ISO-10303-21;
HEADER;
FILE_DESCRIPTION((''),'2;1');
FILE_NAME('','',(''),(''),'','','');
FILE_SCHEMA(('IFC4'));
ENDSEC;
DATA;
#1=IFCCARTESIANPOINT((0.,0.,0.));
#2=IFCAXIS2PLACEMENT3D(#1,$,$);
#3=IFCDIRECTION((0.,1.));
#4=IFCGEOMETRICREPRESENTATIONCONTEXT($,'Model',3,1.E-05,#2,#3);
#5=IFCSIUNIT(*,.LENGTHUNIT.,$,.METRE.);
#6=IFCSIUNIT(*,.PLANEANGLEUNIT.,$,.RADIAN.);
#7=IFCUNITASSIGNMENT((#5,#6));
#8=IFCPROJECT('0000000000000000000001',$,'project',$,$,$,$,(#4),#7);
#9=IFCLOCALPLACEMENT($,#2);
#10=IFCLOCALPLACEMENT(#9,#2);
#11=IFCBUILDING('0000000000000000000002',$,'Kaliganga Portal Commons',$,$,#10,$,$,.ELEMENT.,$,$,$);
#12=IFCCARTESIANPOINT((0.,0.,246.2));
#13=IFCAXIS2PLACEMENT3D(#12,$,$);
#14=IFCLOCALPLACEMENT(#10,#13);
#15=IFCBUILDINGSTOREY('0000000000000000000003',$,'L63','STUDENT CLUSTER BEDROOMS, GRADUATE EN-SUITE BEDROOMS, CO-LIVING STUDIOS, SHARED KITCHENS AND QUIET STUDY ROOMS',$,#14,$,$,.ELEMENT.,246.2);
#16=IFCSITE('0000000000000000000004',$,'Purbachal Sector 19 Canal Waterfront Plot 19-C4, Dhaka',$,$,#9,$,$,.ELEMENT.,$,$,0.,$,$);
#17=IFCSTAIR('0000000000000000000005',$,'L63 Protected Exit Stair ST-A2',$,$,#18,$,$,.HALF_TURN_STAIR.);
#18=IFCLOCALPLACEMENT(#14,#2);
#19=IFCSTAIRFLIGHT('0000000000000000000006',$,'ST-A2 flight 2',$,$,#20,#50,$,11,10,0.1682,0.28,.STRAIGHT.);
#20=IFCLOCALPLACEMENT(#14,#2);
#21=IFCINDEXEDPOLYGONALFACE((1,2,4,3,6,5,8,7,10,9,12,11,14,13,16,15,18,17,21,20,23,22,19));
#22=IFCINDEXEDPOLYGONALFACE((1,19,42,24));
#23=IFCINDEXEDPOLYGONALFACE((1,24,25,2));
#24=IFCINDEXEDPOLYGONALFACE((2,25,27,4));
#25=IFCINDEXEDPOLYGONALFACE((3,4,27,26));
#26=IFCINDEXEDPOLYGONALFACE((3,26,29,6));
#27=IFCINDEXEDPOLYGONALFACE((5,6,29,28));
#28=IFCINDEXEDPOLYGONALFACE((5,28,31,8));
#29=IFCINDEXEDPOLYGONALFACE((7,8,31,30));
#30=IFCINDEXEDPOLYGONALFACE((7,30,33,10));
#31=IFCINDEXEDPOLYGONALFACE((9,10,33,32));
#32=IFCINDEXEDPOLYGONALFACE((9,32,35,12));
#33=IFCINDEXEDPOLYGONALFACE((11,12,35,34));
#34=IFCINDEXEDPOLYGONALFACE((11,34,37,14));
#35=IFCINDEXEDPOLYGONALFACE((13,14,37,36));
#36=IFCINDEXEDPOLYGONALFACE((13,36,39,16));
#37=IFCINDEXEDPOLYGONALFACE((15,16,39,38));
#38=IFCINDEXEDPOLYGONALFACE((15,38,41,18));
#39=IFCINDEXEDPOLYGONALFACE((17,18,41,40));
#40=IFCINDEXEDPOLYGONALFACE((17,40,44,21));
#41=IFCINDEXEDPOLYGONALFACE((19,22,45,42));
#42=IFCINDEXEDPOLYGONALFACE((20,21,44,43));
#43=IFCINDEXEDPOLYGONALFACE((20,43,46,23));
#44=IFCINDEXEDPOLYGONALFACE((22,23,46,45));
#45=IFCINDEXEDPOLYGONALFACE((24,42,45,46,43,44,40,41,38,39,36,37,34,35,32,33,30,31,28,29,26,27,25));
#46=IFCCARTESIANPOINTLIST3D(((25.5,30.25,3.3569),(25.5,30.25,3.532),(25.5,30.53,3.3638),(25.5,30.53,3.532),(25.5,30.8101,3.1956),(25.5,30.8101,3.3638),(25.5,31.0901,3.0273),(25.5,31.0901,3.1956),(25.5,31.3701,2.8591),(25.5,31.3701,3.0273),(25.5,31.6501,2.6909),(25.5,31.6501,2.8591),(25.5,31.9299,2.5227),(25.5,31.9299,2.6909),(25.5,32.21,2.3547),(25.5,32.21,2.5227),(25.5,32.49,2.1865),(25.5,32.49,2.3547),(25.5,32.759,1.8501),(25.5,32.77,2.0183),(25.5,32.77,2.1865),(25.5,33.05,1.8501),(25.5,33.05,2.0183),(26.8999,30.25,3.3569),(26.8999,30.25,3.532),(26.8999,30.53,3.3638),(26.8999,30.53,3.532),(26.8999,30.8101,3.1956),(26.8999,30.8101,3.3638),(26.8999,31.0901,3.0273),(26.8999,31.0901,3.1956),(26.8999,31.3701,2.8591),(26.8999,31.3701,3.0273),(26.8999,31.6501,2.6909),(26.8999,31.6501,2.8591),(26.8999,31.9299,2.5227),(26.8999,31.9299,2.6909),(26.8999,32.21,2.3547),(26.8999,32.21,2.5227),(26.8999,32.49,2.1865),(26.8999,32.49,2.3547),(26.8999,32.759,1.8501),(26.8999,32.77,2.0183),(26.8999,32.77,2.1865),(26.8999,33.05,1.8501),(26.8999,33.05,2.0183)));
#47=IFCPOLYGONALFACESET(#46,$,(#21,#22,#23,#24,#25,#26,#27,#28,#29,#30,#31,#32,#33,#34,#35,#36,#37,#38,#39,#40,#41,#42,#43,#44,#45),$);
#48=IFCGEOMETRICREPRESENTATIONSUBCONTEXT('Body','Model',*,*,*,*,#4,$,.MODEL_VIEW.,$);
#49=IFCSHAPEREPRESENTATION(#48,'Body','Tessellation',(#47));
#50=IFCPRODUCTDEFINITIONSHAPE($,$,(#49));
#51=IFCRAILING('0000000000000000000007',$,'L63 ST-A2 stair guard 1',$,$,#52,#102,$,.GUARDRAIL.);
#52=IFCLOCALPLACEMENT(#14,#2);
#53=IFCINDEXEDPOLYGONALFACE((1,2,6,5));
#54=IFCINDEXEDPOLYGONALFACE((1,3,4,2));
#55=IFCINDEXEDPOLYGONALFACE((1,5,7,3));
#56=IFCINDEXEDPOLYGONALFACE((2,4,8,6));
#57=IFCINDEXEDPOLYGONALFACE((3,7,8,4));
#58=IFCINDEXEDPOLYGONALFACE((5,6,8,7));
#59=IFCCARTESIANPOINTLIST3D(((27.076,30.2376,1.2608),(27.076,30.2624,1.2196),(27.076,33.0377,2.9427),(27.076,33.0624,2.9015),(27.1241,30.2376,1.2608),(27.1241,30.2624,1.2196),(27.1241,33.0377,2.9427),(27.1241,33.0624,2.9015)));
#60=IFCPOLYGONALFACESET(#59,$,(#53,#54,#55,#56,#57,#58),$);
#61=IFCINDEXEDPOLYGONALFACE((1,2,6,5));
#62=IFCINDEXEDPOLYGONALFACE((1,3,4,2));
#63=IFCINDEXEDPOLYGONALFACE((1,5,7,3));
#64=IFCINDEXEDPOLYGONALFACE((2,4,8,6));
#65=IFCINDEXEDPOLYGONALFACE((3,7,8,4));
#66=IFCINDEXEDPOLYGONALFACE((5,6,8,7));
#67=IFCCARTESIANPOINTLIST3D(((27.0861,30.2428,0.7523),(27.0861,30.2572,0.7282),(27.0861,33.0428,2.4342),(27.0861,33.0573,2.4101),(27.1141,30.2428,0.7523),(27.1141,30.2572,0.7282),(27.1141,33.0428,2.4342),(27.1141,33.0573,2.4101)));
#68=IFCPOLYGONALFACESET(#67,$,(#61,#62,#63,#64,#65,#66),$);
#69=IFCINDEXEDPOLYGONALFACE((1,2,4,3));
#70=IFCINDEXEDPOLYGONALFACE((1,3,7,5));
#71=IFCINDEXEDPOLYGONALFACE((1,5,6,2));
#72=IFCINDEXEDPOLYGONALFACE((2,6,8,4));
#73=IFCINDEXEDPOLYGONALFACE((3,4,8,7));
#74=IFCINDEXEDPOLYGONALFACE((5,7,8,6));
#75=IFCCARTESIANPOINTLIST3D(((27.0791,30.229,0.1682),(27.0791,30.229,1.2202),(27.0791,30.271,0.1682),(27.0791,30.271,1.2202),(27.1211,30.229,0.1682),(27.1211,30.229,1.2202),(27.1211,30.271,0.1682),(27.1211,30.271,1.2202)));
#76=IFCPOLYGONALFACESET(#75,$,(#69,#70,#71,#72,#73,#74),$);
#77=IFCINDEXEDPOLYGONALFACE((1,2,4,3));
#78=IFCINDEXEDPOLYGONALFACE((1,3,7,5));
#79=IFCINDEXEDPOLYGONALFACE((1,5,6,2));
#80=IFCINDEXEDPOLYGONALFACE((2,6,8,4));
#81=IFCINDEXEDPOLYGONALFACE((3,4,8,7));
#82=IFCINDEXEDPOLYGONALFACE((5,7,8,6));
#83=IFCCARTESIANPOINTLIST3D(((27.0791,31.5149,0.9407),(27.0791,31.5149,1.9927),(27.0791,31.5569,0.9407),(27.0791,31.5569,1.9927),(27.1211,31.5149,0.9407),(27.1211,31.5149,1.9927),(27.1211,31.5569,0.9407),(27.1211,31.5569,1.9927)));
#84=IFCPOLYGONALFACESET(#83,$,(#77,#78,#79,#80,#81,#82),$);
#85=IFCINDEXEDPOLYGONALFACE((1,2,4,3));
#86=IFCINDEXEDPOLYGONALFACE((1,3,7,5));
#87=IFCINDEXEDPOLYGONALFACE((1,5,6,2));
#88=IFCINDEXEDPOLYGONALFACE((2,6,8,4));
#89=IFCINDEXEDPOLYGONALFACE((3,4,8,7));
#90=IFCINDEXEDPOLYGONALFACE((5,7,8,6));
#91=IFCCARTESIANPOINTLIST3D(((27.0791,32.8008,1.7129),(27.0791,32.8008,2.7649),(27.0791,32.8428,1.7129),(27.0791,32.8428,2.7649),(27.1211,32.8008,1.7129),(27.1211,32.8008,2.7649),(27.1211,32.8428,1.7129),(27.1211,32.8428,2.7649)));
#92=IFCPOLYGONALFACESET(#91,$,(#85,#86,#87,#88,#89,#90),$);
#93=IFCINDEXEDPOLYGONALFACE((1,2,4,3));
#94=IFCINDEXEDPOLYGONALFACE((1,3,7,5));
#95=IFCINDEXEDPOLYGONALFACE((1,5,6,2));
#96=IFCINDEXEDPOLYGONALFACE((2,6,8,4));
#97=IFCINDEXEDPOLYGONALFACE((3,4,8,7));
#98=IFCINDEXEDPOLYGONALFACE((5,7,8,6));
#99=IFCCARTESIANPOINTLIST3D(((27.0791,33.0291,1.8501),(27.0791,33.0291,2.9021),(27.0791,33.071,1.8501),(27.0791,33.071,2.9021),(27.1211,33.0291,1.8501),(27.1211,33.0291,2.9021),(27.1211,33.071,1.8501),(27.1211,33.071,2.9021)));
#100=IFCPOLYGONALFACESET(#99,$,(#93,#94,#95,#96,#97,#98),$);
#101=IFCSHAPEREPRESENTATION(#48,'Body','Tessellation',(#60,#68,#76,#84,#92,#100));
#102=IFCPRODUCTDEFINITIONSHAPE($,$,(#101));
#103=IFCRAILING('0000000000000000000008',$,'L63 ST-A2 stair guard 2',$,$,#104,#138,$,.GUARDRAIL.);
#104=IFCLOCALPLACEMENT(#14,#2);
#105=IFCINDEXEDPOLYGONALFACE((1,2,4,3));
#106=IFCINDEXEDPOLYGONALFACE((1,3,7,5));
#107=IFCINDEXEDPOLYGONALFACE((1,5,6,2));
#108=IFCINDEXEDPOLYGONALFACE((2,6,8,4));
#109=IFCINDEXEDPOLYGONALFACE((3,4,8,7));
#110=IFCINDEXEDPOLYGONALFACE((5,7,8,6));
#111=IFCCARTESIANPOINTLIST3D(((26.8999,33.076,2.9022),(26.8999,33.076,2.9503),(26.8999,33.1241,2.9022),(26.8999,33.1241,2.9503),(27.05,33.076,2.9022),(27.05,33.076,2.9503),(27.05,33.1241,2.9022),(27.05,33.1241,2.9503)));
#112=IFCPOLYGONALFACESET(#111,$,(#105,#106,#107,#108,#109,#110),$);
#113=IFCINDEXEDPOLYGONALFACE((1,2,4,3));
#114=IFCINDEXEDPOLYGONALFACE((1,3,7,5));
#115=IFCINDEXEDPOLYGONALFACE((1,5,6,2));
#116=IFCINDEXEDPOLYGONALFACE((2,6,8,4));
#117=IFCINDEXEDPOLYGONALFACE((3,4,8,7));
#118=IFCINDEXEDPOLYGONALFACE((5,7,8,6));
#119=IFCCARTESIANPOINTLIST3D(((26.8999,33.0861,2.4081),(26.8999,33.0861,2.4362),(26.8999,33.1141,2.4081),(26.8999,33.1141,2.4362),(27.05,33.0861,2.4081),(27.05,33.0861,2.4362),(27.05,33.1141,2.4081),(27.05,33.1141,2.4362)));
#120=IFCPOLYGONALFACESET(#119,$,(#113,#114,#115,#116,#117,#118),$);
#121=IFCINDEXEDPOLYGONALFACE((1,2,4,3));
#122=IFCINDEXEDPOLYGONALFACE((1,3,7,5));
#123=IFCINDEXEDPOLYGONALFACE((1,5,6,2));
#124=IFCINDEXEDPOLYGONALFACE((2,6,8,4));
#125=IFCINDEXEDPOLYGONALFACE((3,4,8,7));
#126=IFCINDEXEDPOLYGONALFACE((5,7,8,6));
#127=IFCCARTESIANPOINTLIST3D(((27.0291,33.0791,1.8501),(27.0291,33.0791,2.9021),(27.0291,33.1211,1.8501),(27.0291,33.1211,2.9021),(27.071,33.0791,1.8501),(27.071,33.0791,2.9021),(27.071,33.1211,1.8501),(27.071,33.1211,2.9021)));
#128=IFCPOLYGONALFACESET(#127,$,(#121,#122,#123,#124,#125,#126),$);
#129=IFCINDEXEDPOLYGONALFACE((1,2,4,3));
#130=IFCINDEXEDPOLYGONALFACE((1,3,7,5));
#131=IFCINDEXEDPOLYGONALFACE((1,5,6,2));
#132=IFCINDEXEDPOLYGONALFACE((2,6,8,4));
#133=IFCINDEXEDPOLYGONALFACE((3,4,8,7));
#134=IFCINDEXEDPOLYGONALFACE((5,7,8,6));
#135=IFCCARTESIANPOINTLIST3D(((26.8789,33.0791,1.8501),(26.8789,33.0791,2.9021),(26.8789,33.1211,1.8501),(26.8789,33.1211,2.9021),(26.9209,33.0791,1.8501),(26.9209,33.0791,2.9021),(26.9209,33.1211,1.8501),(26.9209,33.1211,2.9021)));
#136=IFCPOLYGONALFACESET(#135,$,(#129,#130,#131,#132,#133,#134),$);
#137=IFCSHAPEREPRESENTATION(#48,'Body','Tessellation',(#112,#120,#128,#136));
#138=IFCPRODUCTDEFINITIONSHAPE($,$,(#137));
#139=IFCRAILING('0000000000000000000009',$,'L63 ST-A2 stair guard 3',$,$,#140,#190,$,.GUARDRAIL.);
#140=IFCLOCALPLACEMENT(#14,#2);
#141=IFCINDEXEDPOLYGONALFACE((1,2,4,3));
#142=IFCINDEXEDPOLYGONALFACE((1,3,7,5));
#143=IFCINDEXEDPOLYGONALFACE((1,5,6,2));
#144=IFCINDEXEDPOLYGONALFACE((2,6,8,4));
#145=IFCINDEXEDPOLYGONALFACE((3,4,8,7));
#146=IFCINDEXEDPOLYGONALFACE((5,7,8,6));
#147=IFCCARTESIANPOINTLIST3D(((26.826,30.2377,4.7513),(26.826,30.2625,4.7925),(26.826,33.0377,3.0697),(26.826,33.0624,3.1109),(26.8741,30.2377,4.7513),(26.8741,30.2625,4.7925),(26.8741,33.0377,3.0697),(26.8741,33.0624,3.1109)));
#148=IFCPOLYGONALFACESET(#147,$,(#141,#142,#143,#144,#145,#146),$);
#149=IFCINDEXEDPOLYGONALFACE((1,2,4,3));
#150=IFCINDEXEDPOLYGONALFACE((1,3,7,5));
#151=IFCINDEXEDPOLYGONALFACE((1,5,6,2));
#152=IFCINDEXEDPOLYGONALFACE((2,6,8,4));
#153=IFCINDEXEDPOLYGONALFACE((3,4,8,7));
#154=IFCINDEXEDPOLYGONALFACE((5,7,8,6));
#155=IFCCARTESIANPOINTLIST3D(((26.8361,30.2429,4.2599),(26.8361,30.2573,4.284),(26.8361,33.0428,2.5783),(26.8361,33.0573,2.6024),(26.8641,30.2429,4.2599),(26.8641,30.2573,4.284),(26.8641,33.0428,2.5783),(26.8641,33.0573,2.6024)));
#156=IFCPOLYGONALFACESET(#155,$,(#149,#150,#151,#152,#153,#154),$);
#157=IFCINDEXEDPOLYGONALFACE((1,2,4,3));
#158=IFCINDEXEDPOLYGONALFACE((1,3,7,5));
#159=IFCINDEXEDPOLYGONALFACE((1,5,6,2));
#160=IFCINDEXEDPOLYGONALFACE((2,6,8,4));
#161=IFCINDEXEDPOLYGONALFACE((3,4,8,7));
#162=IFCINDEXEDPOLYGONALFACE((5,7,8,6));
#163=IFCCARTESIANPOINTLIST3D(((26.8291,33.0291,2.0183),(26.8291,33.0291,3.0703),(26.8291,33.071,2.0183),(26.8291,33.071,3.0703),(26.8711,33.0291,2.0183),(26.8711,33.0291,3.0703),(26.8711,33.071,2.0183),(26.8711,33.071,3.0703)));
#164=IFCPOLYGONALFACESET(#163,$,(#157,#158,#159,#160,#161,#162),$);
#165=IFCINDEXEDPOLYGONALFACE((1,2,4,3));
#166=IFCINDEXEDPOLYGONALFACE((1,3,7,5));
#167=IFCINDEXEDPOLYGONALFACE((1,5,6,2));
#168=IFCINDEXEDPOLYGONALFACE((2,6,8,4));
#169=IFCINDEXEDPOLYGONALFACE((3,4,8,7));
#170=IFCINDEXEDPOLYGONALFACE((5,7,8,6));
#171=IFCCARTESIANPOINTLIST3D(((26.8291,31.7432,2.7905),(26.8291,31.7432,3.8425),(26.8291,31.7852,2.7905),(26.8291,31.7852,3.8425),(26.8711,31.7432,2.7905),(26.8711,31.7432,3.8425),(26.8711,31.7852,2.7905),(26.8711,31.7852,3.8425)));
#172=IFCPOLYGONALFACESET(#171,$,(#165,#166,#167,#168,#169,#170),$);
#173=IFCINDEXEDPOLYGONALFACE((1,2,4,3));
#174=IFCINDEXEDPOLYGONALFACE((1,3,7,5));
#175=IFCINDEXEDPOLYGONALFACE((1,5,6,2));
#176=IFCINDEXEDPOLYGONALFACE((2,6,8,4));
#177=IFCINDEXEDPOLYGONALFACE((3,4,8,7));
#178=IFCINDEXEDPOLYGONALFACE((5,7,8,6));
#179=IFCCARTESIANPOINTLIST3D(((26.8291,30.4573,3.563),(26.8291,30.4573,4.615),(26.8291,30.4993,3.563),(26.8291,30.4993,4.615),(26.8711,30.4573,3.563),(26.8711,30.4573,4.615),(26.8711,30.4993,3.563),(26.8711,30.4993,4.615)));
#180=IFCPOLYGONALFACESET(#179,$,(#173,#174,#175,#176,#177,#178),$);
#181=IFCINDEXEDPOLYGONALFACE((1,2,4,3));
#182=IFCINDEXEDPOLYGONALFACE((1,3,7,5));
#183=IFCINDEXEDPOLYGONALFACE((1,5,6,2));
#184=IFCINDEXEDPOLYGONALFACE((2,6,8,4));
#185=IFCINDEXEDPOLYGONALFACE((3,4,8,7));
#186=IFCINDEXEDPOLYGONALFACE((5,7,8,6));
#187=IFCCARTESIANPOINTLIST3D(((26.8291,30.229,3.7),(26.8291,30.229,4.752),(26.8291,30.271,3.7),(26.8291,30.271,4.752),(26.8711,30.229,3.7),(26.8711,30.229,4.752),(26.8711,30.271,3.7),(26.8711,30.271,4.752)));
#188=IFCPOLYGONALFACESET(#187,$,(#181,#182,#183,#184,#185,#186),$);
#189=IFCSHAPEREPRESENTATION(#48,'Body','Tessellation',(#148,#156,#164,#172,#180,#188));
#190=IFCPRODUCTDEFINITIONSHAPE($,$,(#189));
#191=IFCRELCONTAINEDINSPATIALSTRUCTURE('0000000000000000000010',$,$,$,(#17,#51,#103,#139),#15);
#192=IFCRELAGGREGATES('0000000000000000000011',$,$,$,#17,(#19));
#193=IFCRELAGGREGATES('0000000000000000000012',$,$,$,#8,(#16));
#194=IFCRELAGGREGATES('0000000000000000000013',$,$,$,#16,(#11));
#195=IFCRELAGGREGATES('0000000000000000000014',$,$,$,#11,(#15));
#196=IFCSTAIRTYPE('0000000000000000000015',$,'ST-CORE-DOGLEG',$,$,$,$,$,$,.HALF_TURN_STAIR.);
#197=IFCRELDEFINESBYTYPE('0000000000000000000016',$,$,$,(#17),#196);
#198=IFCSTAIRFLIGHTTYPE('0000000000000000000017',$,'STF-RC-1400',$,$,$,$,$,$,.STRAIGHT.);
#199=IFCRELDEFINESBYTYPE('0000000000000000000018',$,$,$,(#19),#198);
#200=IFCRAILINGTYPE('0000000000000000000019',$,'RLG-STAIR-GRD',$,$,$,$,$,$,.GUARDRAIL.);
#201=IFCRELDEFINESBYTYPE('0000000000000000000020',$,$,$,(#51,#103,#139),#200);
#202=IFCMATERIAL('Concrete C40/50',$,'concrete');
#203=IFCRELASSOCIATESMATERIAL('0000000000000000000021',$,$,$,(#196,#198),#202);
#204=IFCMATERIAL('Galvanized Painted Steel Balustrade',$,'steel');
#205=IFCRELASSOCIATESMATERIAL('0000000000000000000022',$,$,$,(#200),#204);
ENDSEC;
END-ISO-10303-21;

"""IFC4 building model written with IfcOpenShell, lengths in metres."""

from ifc_helpers import new_model, si_unit, direction, frame, origin, origin_2d, place, context, subcontext, project, spatial, polyline, rectangle, outline, extrude, material, type_object, element, aggregate, save


model = new_model("IFC4")

# Units and contexts
model_context = context("Model", 3, precision=1e-05, world=origin(), true_north=direction((0.0, 1.0)))
body_context = subcontext(model_context, "Body", "Model", "MODEL_VIEW")
ifc_project = project(units=[si_unit("LENGTHUNIT", "METRE"), si_unit("PLANEANGLEUNIT", "RADIAN")], contexts=[model_context])

# Site, building, storey
site_placement = place(None, origin())
site = spatial("IfcSite", under=ifc_project, at=site_placement, Name="Purbachal Sector 19 Canal Waterfront Plot 19-C4, Dhaka", CompositionType="ELEMENT", RefElevation=0.0)
building_placement = place(site_placement, origin())
building = spatial("IfcBuilding", under=site, at=building_placement, Name="Kaliganga Portal Commons", CompositionType="ELEMENT")
storey_placement = place(building_placement, frame((0.0, 0.0, 246.2)))
storey = spatial("IfcBuildingStorey", under=building, at=storey_placement, Name="L63", Description="STUDENT CLUSTER BEDROOMS, GRADUATE EN-SUITE BEDROOMS, CO-LIVING STUDIOS, SHARED KITCHENS AND QUIET STUDY ROOMS", CompositionType="ELEMENT", Elevation=246.2)

# Stair, stair flight
ifc_material_1 = material(Name="Concrete C40/50", Category="concrete")
stair_type = type_object("IfcStairType", Name="ST-CORE-DOGLEG", PredefinedType="HALF_TURN_STAIR", material=ifc_material_1)
stair_placement = place(storey_placement, origin())
stair = element("IfcStair", 1, at=stair_placement, inside=storey, type_object=stair_type, Name="L63 Protected Exit Stair ST-A2", PredefinedType="HALF_TURN_STAIR")
stair_flight_type = type_object("IfcStairFlightType", Name="STF-RC-1400", PredefinedType="STRAIGHT", material=ifc_material_1)
stair_flight_1_placement = place(storey_placement, frame((26.2, 33.05, 1.8501), z_axis=(0.0, 0.0, 1.0), x_axis=(0.0, -1.0, 0.0)))
stair_flight_1 = element("IfcStairFlight", 2, at=stair_flight_1_placement, type_object=stair_flight_type, Name="ST-A2 flight 2", NumberOfRisers=11, NumberOfTreads=10, PredefinedType="STRAIGHT", RiserHeight=0.1682, TreadLength=0.28, context=body_context, shape_type="SweptSolid", body=[
    extrude(outline(polyline([(0.0, 0.0), (0.0, 0.1682), (0.28, 0.1682), (0.28, 0.3364), (0.5601, 0.3364), (0.5601, 0.5046), (0.8401, 0.5046), (0.8401, 0.6726), (1.1201, 0.6726), (1.1201, 0.8408), (1.3999, 0.8408), (1.3999, 1.009), (1.6799, 1.009), (1.6799, 1.1772), (1.96, 1.1772), (1.96, 1.3455), (2.24, 1.3455), (2.24, 1.5137), (2.52, 1.5137), (2.52, 1.6819), (2.8, 1.6819), (2.8, 1.8501), (2.8, 1.5068), (0.291, 0.0), (0.0, 0.0)])), frame((0.0, 0.7, 0.0), z_axis=(0.0, -1.0, 0.0), x_axis=(1.0, 0.0, 0.0)), (0.0, 0.0, 1.0), 1.3999),
])
aggregate(stair, [stair_flight_1])

# Railings
ifc_material_2 = material(Name="Galvanized Painted Steel Balustrade", Category="steel")
railing_type_1 = type_object("IfcRailingType", Name="RLG-STAIR-GRD", PredefinedType="GUARDRAIL", material=ifc_material_2)
railing_1_placement = place(storey_placement, frame((27.1001, 30.25, 0.1682)))
element("IfcRailing", 3, at=railing_1_placement, inside=storey, type_object=railing_type_1, Name="L63 ST-A2 stair guard 1", PredefinedType="GUARDRAIL", context=body_context, shape_type="SweptSolid", body=[
    extrude(rectangle(XDim=0.0481, YDim=0.0481, at=origin_2d()), frame((0.0, 0.0, 1.072), z_axis=(0.0, 0.857242, 0.514913), x_axis=(-1.0, 0.0, 0.0)), (0.0, 0.0, 1.0), 3.2664),
    extrude(rectangle(XDim=0.0281, YDim=0.0281, at=origin_2d()), frame((0.0, 0.0, 0.572), z_axis=(0.0, 0.857242, 0.514913), x_axis=(-1.0, 0.0, 0.0)), (0.0, 0.0, 1.0), 3.2664),
    extrude(rectangle(XDim=0.042, YDim=0.042, at=origin_2d()), origin(), (0.0, 0.0, 1.0), 1.052),
    extrude(rectangle(XDim=0.042, YDim=0.042, at=origin_2d()), frame((0.0, 1.2859, 0.7725)), (0.0, 0.0, 1.0), 1.052),
    extrude(rectangle(XDim=0.042, YDim=0.042, at=origin_2d()), frame((0.0, 2.5718, 1.5447)), (0.0, 0.0, 1.0), 1.052),
    extrude(rectangle(XDim=0.042, YDim=0.042, at=origin_2d()), frame((0.0, 2.8, 1.6819)), (0.0, 0.0, 1.0), 1.052),
])
railing_2_placement = place(storey_placement, frame((27.05, 33.1001, 1.8501)))
element("IfcRailing", 4, at=railing_2_placement, inside=storey, type_object=railing_type_1, Name="L63 ST-A2 stair guard 2", PredefinedType="GUARDRAIL", context=body_context, shape_type="SweptSolid", body=[
    extrude(rectangle(XDim=0.0481, YDim=0.0481, at=origin_2d()), frame((0.0, 0.0, 1.0762), z_axis=(-1.0, 0.0, 0.0), x_axis=(0.0, -1.0, 0.0)), (0.0, 0.0, 1.0), 0.1501),
    extrude(rectangle(XDim=0.0281, YDim=0.0281, at=origin_2d()), frame((0.0, 0.0, 0.572), z_axis=(-1.0, 0.0, 0.0), x_axis=(0.0, -1.0, 0.0)), (0.0, 0.0, 1.0), 0.1501),
    extrude(rectangle(XDim=0.042, YDim=0.042, at=origin_2d()), origin(), (0.0, 0.0, 1.0), 1.052),
    extrude(rectangle(XDim=0.042, YDim=0.042, at=origin_2d()), frame((-0.1501, 0.0, 0.0)), (0.0, 0.0, 1.0), 1.052),
])
railing_3_placement = place(storey_placement, frame((26.8501, 33.05, 2.0183)))
element("IfcRailing", 5, at=railing_3_placement, inside=storey, type_object=railing_type_1, Name="L63 ST-A2 stair guard 3", PredefinedType="GUARDRAIL", context=body_context, shape_type="SweptSolid", body=[
    extrude(rectangle(XDim=0.0481, YDim=0.0481, at=origin_2d()), frame((0.0, 0.0, 1.072), z_axis=(0.0, -0.857275, 0.514858), x_axis=(1.0, 0.0, 0.0)), (0.0, 0.0, 1.0), 3.2661),
    extrude(rectangle(XDim=0.0281, YDim=0.0281, at=origin_2d()), frame((0.0, 0.0, 0.572), z_axis=(0.0, -0.857275, 0.514858), x_axis=(1.0, 0.0, 0.0)), (0.0, 0.0, 1.0), 3.2661),
    extrude(rectangle(XDim=0.042, YDim=0.042, at=origin_2d()), origin(), (0.0, 0.0, 1.0), 1.052),
    extrude(rectangle(XDim=0.042, YDim=0.042, at=origin_2d()), frame((0.0, -1.2859, 0.7722)), (0.0, 0.0, 1.0), 1.052),
    extrude(rectangle(XDim=0.042, YDim=0.042, at=origin_2d()), frame((0.0, -2.5718, 1.5447)), (0.0, 0.0, 1.0), 1.052),
    extrude(rectangle(XDim=0.042, YDim=0.042, at=origin_2d()), frame((0.0, -2.8, 1.6816)), (0.0, 0.0, 1.0), 1.052),
])

save(model, "model.ifc")
